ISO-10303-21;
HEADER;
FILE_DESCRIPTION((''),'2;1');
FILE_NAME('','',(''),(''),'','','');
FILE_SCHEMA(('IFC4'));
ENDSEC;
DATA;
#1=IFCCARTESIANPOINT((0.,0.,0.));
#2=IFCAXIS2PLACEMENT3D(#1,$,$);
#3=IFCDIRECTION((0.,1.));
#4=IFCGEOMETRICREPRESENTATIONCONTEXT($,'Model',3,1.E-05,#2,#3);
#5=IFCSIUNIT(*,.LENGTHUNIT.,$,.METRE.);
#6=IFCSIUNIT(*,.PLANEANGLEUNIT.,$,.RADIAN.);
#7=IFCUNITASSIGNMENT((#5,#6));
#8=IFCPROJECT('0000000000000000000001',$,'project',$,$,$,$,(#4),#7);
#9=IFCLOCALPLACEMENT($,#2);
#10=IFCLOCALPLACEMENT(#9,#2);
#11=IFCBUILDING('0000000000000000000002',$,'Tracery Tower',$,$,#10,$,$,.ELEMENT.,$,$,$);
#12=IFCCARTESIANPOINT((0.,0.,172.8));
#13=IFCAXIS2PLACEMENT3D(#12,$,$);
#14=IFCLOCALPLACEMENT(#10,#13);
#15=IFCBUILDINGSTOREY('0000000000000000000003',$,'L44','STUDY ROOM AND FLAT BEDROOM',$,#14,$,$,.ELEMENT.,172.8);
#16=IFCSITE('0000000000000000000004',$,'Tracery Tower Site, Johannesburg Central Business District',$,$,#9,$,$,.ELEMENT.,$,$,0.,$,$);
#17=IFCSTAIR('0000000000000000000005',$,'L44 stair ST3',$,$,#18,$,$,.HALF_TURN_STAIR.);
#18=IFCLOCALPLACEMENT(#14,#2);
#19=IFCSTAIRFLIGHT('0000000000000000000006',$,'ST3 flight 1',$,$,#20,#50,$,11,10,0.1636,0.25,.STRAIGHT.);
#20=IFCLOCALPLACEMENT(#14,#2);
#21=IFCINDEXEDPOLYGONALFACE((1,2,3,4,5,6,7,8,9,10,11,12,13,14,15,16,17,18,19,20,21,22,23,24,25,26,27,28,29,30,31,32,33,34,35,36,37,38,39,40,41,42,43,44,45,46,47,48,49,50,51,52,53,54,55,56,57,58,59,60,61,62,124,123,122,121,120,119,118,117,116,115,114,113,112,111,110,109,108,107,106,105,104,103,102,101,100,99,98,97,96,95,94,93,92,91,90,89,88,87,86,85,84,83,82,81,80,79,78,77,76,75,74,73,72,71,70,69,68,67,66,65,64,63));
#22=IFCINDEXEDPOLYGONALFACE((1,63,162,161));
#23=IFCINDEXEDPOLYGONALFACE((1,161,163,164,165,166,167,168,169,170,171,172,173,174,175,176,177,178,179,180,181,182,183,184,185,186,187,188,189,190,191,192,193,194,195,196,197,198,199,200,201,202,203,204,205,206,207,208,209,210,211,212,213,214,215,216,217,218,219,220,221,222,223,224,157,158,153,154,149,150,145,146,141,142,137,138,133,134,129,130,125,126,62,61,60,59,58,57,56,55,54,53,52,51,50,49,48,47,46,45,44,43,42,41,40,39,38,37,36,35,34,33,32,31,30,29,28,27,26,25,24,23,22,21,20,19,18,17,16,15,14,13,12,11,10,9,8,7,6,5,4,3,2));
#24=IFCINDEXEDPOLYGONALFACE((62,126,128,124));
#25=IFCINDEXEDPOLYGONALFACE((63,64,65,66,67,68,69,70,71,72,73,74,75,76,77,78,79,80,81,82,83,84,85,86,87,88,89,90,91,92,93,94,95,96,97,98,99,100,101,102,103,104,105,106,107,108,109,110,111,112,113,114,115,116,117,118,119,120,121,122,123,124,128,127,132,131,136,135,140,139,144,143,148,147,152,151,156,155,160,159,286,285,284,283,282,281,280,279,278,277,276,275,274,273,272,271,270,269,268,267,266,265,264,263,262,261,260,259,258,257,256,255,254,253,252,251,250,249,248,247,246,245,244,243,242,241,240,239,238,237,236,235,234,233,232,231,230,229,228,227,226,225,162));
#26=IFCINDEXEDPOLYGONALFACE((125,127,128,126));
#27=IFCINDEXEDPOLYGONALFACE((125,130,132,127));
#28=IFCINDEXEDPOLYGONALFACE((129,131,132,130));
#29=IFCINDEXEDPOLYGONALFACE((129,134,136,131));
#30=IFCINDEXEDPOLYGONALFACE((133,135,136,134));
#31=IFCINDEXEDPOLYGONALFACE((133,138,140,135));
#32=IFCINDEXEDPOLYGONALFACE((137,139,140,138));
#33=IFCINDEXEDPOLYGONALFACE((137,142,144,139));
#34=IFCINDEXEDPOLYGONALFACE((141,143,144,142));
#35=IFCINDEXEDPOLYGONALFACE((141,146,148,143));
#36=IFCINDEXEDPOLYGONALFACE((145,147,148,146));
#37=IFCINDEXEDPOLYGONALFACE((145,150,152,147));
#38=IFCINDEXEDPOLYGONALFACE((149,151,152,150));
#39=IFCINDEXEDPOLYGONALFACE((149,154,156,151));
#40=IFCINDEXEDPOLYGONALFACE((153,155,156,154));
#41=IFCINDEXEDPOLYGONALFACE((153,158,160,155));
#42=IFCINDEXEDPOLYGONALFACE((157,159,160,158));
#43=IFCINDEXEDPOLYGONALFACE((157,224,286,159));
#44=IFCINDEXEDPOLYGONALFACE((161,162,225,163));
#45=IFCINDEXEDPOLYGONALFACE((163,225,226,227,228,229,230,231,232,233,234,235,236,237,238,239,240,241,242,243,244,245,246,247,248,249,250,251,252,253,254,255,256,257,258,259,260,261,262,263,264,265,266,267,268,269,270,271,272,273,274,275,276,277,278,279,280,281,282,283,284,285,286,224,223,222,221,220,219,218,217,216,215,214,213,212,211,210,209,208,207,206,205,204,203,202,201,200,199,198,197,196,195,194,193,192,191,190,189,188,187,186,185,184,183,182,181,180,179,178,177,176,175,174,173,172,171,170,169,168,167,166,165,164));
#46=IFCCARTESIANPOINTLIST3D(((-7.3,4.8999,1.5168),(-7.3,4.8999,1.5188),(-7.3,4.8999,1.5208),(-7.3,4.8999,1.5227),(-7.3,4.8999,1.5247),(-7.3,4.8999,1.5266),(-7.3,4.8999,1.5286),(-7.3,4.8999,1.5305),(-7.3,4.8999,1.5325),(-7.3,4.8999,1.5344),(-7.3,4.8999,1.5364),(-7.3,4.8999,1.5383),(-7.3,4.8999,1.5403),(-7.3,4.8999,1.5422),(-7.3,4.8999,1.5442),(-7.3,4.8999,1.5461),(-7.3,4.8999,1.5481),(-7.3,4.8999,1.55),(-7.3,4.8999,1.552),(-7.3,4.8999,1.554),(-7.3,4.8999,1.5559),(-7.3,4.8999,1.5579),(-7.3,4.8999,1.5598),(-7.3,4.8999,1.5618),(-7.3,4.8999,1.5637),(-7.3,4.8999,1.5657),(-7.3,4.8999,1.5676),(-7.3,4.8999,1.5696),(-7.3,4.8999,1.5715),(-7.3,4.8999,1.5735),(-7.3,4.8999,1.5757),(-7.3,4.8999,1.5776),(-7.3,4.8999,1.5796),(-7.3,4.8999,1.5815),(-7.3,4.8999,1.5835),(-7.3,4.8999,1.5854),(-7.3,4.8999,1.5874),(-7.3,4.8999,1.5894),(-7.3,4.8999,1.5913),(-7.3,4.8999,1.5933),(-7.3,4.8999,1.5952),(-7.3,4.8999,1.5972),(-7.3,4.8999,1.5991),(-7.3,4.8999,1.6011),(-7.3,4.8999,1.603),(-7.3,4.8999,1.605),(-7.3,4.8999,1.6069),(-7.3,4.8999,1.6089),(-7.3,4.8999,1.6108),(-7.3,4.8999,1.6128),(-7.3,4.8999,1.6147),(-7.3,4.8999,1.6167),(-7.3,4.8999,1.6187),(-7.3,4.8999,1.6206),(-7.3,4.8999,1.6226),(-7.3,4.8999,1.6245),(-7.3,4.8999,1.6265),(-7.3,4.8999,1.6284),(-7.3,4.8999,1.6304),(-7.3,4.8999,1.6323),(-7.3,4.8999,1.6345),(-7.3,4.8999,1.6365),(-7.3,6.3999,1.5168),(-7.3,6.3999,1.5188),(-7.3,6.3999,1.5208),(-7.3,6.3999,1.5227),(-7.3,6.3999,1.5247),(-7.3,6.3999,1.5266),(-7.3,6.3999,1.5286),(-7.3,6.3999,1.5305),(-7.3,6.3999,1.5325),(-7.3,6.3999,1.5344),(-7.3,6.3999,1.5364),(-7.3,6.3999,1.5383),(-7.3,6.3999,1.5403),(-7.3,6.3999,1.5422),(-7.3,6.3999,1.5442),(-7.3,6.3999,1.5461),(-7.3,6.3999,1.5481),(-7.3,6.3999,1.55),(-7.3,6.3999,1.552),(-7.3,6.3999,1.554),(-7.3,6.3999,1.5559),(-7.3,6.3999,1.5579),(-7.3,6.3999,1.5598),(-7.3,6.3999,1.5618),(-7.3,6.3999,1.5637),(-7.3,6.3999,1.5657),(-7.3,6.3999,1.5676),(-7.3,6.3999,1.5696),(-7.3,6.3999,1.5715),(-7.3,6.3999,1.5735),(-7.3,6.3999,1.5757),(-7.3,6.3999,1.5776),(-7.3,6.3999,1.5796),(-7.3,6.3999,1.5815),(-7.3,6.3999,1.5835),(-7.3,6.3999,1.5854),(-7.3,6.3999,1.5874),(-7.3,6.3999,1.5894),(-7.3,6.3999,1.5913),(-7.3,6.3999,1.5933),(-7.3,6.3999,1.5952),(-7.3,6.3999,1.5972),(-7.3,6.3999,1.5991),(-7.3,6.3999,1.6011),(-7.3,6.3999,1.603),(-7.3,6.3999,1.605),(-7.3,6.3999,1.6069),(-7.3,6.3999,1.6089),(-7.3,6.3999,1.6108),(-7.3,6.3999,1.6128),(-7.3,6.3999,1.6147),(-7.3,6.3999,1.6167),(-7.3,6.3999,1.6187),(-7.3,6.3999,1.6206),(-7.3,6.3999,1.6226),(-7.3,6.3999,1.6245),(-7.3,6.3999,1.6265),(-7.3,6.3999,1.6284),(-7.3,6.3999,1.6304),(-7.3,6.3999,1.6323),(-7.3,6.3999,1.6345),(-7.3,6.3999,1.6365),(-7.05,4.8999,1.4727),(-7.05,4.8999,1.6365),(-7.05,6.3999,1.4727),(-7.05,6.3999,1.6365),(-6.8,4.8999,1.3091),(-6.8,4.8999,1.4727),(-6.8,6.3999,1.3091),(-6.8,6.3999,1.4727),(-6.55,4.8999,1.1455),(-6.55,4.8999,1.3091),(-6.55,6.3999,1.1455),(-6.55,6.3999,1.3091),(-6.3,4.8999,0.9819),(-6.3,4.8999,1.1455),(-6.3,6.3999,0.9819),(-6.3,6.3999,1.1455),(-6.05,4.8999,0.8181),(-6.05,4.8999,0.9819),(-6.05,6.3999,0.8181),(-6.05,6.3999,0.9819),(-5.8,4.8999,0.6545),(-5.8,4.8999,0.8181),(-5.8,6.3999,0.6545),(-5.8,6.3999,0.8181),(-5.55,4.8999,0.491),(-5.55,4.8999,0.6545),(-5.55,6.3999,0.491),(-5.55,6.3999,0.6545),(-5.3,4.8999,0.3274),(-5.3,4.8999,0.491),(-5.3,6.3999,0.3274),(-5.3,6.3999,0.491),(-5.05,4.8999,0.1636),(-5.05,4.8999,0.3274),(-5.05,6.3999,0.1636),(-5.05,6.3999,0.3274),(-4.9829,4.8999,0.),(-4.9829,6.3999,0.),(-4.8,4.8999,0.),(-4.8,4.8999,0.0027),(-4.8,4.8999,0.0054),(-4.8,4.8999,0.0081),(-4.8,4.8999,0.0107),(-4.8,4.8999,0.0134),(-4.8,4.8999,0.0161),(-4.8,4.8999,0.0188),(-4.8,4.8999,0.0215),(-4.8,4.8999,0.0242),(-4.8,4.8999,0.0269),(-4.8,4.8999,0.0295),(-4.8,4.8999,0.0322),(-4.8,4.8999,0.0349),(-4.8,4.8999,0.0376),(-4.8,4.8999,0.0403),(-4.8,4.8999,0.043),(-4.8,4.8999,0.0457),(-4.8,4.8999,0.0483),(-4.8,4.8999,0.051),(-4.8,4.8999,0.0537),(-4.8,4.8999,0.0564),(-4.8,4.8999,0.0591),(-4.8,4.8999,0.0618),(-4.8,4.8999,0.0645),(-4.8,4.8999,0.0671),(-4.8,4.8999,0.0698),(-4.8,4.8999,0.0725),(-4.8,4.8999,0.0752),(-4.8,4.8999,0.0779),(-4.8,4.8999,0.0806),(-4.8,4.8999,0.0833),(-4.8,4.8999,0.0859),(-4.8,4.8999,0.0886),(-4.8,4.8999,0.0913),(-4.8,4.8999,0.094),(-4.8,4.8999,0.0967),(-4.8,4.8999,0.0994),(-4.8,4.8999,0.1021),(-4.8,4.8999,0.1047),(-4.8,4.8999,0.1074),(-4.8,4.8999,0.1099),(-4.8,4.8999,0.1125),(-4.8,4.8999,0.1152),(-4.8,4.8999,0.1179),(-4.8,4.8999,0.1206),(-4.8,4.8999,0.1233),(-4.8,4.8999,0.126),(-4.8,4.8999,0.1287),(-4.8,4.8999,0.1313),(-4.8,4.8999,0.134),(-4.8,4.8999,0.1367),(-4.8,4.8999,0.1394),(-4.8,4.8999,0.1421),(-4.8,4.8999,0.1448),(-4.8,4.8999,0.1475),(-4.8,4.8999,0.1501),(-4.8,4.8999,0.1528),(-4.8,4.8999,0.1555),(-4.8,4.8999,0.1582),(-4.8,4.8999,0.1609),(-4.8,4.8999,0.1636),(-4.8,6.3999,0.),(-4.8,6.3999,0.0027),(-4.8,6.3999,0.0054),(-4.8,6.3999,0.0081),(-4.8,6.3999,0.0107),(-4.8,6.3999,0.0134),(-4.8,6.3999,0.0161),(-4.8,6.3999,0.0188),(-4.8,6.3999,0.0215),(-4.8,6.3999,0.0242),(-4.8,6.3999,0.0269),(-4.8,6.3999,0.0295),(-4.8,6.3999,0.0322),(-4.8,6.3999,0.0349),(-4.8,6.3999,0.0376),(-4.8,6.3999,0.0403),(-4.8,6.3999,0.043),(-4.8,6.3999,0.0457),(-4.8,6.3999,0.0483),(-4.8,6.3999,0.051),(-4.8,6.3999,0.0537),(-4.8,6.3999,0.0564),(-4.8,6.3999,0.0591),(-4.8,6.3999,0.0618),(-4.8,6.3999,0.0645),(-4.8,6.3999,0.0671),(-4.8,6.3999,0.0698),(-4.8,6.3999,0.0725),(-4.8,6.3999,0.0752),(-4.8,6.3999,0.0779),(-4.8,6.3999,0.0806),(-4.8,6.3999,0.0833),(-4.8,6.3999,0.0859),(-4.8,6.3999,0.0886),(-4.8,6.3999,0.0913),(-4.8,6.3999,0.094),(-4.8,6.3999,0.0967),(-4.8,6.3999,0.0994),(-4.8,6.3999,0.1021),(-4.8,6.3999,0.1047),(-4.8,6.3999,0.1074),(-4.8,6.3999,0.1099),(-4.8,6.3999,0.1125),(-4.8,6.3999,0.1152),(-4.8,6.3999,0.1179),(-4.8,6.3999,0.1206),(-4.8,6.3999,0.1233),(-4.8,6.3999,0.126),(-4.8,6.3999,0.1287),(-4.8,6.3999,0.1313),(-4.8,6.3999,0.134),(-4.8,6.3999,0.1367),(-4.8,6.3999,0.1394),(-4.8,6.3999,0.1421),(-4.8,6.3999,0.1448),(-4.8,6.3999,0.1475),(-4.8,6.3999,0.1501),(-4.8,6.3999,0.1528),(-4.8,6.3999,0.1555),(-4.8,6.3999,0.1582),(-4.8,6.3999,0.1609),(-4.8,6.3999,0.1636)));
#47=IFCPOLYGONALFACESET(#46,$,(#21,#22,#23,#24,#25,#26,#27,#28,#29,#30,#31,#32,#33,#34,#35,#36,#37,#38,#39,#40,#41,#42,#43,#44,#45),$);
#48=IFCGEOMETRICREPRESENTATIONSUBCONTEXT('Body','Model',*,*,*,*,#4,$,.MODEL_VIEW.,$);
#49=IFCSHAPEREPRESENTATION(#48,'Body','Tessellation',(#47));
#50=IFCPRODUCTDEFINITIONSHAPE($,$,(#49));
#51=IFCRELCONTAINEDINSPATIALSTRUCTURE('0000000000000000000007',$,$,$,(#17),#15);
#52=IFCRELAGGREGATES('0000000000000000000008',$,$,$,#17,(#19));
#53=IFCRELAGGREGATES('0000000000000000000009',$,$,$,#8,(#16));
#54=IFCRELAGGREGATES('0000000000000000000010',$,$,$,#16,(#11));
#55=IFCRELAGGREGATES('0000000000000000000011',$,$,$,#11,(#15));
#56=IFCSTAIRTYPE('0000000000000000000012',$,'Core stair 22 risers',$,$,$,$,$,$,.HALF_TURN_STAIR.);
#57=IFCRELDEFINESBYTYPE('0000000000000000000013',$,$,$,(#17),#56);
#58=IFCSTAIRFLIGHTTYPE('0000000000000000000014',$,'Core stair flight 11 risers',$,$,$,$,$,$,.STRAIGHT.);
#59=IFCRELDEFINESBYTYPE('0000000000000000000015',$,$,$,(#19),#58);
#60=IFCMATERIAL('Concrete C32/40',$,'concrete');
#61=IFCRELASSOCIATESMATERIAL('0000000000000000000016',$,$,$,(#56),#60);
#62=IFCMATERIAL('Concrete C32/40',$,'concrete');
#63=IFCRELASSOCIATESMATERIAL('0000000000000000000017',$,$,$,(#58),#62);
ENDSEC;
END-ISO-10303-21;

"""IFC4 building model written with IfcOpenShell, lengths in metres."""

from ifc_helpers import new_model, si_unit, direction, frame, origin, place, context, subcontext, project, spatial, polyline, outline, extrude, material, type_object, element, aggregate, save


model = new_model("IFC4")

# Units and contexts
model_context = context("Model", 3, precision=1e-05, world=origin(), true_north=direction((0.0, 1.0)))
body_context = subcontext(model_context, "Body", "Model", "MODEL_VIEW")
ifc_project = project(units=[si_unit("LENGTHUNIT", "METRE"), si_unit("PLANEANGLEUNIT", "RADIAN")], contexts=[model_context])

# Site, building, storey
site_placement = place(None, origin())
site = spatial("IfcSite", under=ifc_project, at=site_placement, Name="Tracery Tower Site, Johannesburg Central Business District", CompositionType="ELEMENT", RefElevation=0.0)
building_placement = place(site_placement, origin())
building = spatial("IfcBuilding", under=site, at=building_placement, Name="Tracery Tower", CompositionType="ELEMENT")
storey_placement = place(building_placement, frame((0.0, 0.0, 172.8)))
storey = spatial("IfcBuildingStorey", under=building, at=storey_placement, Name="L44", Description="STUDY ROOM AND FLAT BEDROOM", CompositionType="ELEMENT", Elevation=172.8)

# Stair, stair flight
ifc_material_1 = material(Name="Concrete C32/40", Category="concrete")
stair_type = type_object("IfcStairType", Name="Core stair 22 risers", PredefinedType="HALF_TURN_STAIR", material=ifc_material_1)
stair_placement = place(storey_placement, origin())
stair = element("IfcStair", 1, at=stair_placement, inside=storey, type_object=stair_type, Name="L44 stair ST3", PredefinedType="HALF_TURN_STAIR")
ifc_material_2 = material(Name="Concrete C32/40", Category="concrete")
stair_flight_type = type_object("IfcStairFlightType", Name="Core stair flight 11 risers", PredefinedType="STRAIGHT", material=ifc_material_2)
stair_flight_1_placement = place(storey_placement, frame((-4.8, 5.6499, 0.0), z_axis=(0.0, 0.0, 1.0), x_axis=(-1.0, 0.0, 0.0)))
stair_flight_1 = element("IfcStairFlight", 2, at=stair_flight_1_placement, type_object=stair_flight_type, Name="ST3 flight 1", NumberOfRisers=11, NumberOfTreads=10, PredefinedType="STRAIGHT", RiserHeight=0.1636, TreadLength=0.25, context=body_context, shape_type="SweptSolid", body=[
    extrude(outline(polyline([(0.0, 0.0), (0.0, 0.0027), (0.0, 0.0054), (0.0, 0.0081), (0.0, 0.0107), (0.0, 0.0134), (0.0, 0.0161), (0.0, 0.0188), (0.0, 0.0215), (0.0, 0.0242), (0.0, 0.0269), (0.0, 0.0295), (0.0, 0.0322), (0.0, 0.0349), (0.0, 0.0376), (0.0, 0.0403), (0.0, 0.043), (0.0, 0.0457), (0.0, 0.0483), (0.0, 0.051), (0.0, 0.0537), (0.0, 0.0564), (0.0, 0.0591), (0.0, 0.0618), (0.0, 0.0645), (0.0, 0.0671), (0.0, 0.0698), (0.0, 0.0725), (0.0, 0.0752), (0.0, 0.0779), (0.0, 0.0806), (0.0, 0.0833), (0.0, 0.0859), (0.0, 0.0886), (0.0, 0.0913), (0.0, 0.094), (0.0, 0.0967), (0.0, 0.0994), (0.0, 0.1021), (0.0, 0.1047), (0.0, 0.1074), (0.0, 0.1099), (0.0, 0.1125), (0.0, 0.1152), (0.0, 0.1179), (0.0, 0.1206), (0.0, 0.1233), (0.0, 0.126), (0.0, 0.1287), (0.0, 0.1313), (0.0, 0.134), (0.0, 0.1367), (0.0, 0.1394), (0.0, 0.1421), (0.0, 0.1448), (0.0, 0.1475), (0.0, 0.1501), (0.0, 0.1528), (0.0, 0.1555), (0.0, 0.1582), (0.0, 0.1609), (0.0, 0.1636), (0.25, 0.1636), (0.25, 0.3274), (0.5, 0.3274), (0.5, 0.491), (0.75, 0.491), (0.75, 0.6545), (1.0, 0.6545), (1.0, 0.8181), (1.25, 0.8181), (1.25, 0.9819), (1.5, 0.9819), (1.5, 1.1455), (1.75, 1.1455), (1.75, 1.3091), (2.0, 1.3091), (2.0, 1.4727), (2.25, 1.4727), (2.25, 1.6365), (2.5, 1.6365), (2.5, 1.6345), (2.5, 1.6323), (2.5, 1.6304), (2.5, 1.6284), (2.5, 1.6265), (2.5, 1.6245), (2.5, 1.6226), (2.5, 1.6206), (2.5, 1.6187), (2.5, 1.6167), (2.5, 1.6147), (2.5, 1.6128), (2.5, 1.6108), (2.5, 1.6089), (2.5, 1.6069), (2.5, 1.605), (2.5, 1.603), (2.5, 1.6011), (2.5, 1.5991), (2.5, 1.5972), (2.5, 1.5952), (2.5, 1.5933), (2.5, 1.5913), (2.5, 1.5894), (2.5, 1.5874), (2.5, 1.5854), (2.5, 1.5835), (2.5, 1.5815), (2.5, 1.5796), (2.5, 1.5776), (2.5, 1.5757), (2.5, 1.5735), (2.5, 1.5715), (2.5, 1.5696), (2.5, 1.5676), (2.5, 1.5657), (2.5, 1.5637), (2.5, 1.5618), (2.5, 1.5598), (2.5, 1.5579), (2.5, 1.5559), (2.5, 1.554), (2.5, 1.552), (2.5, 1.55), (2.5, 1.5481), (2.5, 1.5461), (2.5, 1.5442), (2.5, 1.5422), (2.5, 1.5403), (2.5, 1.5383), (2.5, 1.5364), (2.5, 1.5344), (2.5, 1.5325), (2.5, 1.5305), (2.5, 1.5286), (2.5, 1.5266), (2.5, 1.5247), (2.5, 1.5227), (2.5, 1.5208), (2.5, 1.5188), (2.5, 1.5168), (0.1829, 0.0), (0.0, 0.0)])), frame((0.0, 0.75, 0.0), z_axis=(0.0, -1.0, 0.0), x_axis=(1.0, 0.0, 0.0)), (0.0, 0.0, 1.0), 1.5),
])
aggregate(stair, [stair_flight_1])

save(model, "model.ifc")
